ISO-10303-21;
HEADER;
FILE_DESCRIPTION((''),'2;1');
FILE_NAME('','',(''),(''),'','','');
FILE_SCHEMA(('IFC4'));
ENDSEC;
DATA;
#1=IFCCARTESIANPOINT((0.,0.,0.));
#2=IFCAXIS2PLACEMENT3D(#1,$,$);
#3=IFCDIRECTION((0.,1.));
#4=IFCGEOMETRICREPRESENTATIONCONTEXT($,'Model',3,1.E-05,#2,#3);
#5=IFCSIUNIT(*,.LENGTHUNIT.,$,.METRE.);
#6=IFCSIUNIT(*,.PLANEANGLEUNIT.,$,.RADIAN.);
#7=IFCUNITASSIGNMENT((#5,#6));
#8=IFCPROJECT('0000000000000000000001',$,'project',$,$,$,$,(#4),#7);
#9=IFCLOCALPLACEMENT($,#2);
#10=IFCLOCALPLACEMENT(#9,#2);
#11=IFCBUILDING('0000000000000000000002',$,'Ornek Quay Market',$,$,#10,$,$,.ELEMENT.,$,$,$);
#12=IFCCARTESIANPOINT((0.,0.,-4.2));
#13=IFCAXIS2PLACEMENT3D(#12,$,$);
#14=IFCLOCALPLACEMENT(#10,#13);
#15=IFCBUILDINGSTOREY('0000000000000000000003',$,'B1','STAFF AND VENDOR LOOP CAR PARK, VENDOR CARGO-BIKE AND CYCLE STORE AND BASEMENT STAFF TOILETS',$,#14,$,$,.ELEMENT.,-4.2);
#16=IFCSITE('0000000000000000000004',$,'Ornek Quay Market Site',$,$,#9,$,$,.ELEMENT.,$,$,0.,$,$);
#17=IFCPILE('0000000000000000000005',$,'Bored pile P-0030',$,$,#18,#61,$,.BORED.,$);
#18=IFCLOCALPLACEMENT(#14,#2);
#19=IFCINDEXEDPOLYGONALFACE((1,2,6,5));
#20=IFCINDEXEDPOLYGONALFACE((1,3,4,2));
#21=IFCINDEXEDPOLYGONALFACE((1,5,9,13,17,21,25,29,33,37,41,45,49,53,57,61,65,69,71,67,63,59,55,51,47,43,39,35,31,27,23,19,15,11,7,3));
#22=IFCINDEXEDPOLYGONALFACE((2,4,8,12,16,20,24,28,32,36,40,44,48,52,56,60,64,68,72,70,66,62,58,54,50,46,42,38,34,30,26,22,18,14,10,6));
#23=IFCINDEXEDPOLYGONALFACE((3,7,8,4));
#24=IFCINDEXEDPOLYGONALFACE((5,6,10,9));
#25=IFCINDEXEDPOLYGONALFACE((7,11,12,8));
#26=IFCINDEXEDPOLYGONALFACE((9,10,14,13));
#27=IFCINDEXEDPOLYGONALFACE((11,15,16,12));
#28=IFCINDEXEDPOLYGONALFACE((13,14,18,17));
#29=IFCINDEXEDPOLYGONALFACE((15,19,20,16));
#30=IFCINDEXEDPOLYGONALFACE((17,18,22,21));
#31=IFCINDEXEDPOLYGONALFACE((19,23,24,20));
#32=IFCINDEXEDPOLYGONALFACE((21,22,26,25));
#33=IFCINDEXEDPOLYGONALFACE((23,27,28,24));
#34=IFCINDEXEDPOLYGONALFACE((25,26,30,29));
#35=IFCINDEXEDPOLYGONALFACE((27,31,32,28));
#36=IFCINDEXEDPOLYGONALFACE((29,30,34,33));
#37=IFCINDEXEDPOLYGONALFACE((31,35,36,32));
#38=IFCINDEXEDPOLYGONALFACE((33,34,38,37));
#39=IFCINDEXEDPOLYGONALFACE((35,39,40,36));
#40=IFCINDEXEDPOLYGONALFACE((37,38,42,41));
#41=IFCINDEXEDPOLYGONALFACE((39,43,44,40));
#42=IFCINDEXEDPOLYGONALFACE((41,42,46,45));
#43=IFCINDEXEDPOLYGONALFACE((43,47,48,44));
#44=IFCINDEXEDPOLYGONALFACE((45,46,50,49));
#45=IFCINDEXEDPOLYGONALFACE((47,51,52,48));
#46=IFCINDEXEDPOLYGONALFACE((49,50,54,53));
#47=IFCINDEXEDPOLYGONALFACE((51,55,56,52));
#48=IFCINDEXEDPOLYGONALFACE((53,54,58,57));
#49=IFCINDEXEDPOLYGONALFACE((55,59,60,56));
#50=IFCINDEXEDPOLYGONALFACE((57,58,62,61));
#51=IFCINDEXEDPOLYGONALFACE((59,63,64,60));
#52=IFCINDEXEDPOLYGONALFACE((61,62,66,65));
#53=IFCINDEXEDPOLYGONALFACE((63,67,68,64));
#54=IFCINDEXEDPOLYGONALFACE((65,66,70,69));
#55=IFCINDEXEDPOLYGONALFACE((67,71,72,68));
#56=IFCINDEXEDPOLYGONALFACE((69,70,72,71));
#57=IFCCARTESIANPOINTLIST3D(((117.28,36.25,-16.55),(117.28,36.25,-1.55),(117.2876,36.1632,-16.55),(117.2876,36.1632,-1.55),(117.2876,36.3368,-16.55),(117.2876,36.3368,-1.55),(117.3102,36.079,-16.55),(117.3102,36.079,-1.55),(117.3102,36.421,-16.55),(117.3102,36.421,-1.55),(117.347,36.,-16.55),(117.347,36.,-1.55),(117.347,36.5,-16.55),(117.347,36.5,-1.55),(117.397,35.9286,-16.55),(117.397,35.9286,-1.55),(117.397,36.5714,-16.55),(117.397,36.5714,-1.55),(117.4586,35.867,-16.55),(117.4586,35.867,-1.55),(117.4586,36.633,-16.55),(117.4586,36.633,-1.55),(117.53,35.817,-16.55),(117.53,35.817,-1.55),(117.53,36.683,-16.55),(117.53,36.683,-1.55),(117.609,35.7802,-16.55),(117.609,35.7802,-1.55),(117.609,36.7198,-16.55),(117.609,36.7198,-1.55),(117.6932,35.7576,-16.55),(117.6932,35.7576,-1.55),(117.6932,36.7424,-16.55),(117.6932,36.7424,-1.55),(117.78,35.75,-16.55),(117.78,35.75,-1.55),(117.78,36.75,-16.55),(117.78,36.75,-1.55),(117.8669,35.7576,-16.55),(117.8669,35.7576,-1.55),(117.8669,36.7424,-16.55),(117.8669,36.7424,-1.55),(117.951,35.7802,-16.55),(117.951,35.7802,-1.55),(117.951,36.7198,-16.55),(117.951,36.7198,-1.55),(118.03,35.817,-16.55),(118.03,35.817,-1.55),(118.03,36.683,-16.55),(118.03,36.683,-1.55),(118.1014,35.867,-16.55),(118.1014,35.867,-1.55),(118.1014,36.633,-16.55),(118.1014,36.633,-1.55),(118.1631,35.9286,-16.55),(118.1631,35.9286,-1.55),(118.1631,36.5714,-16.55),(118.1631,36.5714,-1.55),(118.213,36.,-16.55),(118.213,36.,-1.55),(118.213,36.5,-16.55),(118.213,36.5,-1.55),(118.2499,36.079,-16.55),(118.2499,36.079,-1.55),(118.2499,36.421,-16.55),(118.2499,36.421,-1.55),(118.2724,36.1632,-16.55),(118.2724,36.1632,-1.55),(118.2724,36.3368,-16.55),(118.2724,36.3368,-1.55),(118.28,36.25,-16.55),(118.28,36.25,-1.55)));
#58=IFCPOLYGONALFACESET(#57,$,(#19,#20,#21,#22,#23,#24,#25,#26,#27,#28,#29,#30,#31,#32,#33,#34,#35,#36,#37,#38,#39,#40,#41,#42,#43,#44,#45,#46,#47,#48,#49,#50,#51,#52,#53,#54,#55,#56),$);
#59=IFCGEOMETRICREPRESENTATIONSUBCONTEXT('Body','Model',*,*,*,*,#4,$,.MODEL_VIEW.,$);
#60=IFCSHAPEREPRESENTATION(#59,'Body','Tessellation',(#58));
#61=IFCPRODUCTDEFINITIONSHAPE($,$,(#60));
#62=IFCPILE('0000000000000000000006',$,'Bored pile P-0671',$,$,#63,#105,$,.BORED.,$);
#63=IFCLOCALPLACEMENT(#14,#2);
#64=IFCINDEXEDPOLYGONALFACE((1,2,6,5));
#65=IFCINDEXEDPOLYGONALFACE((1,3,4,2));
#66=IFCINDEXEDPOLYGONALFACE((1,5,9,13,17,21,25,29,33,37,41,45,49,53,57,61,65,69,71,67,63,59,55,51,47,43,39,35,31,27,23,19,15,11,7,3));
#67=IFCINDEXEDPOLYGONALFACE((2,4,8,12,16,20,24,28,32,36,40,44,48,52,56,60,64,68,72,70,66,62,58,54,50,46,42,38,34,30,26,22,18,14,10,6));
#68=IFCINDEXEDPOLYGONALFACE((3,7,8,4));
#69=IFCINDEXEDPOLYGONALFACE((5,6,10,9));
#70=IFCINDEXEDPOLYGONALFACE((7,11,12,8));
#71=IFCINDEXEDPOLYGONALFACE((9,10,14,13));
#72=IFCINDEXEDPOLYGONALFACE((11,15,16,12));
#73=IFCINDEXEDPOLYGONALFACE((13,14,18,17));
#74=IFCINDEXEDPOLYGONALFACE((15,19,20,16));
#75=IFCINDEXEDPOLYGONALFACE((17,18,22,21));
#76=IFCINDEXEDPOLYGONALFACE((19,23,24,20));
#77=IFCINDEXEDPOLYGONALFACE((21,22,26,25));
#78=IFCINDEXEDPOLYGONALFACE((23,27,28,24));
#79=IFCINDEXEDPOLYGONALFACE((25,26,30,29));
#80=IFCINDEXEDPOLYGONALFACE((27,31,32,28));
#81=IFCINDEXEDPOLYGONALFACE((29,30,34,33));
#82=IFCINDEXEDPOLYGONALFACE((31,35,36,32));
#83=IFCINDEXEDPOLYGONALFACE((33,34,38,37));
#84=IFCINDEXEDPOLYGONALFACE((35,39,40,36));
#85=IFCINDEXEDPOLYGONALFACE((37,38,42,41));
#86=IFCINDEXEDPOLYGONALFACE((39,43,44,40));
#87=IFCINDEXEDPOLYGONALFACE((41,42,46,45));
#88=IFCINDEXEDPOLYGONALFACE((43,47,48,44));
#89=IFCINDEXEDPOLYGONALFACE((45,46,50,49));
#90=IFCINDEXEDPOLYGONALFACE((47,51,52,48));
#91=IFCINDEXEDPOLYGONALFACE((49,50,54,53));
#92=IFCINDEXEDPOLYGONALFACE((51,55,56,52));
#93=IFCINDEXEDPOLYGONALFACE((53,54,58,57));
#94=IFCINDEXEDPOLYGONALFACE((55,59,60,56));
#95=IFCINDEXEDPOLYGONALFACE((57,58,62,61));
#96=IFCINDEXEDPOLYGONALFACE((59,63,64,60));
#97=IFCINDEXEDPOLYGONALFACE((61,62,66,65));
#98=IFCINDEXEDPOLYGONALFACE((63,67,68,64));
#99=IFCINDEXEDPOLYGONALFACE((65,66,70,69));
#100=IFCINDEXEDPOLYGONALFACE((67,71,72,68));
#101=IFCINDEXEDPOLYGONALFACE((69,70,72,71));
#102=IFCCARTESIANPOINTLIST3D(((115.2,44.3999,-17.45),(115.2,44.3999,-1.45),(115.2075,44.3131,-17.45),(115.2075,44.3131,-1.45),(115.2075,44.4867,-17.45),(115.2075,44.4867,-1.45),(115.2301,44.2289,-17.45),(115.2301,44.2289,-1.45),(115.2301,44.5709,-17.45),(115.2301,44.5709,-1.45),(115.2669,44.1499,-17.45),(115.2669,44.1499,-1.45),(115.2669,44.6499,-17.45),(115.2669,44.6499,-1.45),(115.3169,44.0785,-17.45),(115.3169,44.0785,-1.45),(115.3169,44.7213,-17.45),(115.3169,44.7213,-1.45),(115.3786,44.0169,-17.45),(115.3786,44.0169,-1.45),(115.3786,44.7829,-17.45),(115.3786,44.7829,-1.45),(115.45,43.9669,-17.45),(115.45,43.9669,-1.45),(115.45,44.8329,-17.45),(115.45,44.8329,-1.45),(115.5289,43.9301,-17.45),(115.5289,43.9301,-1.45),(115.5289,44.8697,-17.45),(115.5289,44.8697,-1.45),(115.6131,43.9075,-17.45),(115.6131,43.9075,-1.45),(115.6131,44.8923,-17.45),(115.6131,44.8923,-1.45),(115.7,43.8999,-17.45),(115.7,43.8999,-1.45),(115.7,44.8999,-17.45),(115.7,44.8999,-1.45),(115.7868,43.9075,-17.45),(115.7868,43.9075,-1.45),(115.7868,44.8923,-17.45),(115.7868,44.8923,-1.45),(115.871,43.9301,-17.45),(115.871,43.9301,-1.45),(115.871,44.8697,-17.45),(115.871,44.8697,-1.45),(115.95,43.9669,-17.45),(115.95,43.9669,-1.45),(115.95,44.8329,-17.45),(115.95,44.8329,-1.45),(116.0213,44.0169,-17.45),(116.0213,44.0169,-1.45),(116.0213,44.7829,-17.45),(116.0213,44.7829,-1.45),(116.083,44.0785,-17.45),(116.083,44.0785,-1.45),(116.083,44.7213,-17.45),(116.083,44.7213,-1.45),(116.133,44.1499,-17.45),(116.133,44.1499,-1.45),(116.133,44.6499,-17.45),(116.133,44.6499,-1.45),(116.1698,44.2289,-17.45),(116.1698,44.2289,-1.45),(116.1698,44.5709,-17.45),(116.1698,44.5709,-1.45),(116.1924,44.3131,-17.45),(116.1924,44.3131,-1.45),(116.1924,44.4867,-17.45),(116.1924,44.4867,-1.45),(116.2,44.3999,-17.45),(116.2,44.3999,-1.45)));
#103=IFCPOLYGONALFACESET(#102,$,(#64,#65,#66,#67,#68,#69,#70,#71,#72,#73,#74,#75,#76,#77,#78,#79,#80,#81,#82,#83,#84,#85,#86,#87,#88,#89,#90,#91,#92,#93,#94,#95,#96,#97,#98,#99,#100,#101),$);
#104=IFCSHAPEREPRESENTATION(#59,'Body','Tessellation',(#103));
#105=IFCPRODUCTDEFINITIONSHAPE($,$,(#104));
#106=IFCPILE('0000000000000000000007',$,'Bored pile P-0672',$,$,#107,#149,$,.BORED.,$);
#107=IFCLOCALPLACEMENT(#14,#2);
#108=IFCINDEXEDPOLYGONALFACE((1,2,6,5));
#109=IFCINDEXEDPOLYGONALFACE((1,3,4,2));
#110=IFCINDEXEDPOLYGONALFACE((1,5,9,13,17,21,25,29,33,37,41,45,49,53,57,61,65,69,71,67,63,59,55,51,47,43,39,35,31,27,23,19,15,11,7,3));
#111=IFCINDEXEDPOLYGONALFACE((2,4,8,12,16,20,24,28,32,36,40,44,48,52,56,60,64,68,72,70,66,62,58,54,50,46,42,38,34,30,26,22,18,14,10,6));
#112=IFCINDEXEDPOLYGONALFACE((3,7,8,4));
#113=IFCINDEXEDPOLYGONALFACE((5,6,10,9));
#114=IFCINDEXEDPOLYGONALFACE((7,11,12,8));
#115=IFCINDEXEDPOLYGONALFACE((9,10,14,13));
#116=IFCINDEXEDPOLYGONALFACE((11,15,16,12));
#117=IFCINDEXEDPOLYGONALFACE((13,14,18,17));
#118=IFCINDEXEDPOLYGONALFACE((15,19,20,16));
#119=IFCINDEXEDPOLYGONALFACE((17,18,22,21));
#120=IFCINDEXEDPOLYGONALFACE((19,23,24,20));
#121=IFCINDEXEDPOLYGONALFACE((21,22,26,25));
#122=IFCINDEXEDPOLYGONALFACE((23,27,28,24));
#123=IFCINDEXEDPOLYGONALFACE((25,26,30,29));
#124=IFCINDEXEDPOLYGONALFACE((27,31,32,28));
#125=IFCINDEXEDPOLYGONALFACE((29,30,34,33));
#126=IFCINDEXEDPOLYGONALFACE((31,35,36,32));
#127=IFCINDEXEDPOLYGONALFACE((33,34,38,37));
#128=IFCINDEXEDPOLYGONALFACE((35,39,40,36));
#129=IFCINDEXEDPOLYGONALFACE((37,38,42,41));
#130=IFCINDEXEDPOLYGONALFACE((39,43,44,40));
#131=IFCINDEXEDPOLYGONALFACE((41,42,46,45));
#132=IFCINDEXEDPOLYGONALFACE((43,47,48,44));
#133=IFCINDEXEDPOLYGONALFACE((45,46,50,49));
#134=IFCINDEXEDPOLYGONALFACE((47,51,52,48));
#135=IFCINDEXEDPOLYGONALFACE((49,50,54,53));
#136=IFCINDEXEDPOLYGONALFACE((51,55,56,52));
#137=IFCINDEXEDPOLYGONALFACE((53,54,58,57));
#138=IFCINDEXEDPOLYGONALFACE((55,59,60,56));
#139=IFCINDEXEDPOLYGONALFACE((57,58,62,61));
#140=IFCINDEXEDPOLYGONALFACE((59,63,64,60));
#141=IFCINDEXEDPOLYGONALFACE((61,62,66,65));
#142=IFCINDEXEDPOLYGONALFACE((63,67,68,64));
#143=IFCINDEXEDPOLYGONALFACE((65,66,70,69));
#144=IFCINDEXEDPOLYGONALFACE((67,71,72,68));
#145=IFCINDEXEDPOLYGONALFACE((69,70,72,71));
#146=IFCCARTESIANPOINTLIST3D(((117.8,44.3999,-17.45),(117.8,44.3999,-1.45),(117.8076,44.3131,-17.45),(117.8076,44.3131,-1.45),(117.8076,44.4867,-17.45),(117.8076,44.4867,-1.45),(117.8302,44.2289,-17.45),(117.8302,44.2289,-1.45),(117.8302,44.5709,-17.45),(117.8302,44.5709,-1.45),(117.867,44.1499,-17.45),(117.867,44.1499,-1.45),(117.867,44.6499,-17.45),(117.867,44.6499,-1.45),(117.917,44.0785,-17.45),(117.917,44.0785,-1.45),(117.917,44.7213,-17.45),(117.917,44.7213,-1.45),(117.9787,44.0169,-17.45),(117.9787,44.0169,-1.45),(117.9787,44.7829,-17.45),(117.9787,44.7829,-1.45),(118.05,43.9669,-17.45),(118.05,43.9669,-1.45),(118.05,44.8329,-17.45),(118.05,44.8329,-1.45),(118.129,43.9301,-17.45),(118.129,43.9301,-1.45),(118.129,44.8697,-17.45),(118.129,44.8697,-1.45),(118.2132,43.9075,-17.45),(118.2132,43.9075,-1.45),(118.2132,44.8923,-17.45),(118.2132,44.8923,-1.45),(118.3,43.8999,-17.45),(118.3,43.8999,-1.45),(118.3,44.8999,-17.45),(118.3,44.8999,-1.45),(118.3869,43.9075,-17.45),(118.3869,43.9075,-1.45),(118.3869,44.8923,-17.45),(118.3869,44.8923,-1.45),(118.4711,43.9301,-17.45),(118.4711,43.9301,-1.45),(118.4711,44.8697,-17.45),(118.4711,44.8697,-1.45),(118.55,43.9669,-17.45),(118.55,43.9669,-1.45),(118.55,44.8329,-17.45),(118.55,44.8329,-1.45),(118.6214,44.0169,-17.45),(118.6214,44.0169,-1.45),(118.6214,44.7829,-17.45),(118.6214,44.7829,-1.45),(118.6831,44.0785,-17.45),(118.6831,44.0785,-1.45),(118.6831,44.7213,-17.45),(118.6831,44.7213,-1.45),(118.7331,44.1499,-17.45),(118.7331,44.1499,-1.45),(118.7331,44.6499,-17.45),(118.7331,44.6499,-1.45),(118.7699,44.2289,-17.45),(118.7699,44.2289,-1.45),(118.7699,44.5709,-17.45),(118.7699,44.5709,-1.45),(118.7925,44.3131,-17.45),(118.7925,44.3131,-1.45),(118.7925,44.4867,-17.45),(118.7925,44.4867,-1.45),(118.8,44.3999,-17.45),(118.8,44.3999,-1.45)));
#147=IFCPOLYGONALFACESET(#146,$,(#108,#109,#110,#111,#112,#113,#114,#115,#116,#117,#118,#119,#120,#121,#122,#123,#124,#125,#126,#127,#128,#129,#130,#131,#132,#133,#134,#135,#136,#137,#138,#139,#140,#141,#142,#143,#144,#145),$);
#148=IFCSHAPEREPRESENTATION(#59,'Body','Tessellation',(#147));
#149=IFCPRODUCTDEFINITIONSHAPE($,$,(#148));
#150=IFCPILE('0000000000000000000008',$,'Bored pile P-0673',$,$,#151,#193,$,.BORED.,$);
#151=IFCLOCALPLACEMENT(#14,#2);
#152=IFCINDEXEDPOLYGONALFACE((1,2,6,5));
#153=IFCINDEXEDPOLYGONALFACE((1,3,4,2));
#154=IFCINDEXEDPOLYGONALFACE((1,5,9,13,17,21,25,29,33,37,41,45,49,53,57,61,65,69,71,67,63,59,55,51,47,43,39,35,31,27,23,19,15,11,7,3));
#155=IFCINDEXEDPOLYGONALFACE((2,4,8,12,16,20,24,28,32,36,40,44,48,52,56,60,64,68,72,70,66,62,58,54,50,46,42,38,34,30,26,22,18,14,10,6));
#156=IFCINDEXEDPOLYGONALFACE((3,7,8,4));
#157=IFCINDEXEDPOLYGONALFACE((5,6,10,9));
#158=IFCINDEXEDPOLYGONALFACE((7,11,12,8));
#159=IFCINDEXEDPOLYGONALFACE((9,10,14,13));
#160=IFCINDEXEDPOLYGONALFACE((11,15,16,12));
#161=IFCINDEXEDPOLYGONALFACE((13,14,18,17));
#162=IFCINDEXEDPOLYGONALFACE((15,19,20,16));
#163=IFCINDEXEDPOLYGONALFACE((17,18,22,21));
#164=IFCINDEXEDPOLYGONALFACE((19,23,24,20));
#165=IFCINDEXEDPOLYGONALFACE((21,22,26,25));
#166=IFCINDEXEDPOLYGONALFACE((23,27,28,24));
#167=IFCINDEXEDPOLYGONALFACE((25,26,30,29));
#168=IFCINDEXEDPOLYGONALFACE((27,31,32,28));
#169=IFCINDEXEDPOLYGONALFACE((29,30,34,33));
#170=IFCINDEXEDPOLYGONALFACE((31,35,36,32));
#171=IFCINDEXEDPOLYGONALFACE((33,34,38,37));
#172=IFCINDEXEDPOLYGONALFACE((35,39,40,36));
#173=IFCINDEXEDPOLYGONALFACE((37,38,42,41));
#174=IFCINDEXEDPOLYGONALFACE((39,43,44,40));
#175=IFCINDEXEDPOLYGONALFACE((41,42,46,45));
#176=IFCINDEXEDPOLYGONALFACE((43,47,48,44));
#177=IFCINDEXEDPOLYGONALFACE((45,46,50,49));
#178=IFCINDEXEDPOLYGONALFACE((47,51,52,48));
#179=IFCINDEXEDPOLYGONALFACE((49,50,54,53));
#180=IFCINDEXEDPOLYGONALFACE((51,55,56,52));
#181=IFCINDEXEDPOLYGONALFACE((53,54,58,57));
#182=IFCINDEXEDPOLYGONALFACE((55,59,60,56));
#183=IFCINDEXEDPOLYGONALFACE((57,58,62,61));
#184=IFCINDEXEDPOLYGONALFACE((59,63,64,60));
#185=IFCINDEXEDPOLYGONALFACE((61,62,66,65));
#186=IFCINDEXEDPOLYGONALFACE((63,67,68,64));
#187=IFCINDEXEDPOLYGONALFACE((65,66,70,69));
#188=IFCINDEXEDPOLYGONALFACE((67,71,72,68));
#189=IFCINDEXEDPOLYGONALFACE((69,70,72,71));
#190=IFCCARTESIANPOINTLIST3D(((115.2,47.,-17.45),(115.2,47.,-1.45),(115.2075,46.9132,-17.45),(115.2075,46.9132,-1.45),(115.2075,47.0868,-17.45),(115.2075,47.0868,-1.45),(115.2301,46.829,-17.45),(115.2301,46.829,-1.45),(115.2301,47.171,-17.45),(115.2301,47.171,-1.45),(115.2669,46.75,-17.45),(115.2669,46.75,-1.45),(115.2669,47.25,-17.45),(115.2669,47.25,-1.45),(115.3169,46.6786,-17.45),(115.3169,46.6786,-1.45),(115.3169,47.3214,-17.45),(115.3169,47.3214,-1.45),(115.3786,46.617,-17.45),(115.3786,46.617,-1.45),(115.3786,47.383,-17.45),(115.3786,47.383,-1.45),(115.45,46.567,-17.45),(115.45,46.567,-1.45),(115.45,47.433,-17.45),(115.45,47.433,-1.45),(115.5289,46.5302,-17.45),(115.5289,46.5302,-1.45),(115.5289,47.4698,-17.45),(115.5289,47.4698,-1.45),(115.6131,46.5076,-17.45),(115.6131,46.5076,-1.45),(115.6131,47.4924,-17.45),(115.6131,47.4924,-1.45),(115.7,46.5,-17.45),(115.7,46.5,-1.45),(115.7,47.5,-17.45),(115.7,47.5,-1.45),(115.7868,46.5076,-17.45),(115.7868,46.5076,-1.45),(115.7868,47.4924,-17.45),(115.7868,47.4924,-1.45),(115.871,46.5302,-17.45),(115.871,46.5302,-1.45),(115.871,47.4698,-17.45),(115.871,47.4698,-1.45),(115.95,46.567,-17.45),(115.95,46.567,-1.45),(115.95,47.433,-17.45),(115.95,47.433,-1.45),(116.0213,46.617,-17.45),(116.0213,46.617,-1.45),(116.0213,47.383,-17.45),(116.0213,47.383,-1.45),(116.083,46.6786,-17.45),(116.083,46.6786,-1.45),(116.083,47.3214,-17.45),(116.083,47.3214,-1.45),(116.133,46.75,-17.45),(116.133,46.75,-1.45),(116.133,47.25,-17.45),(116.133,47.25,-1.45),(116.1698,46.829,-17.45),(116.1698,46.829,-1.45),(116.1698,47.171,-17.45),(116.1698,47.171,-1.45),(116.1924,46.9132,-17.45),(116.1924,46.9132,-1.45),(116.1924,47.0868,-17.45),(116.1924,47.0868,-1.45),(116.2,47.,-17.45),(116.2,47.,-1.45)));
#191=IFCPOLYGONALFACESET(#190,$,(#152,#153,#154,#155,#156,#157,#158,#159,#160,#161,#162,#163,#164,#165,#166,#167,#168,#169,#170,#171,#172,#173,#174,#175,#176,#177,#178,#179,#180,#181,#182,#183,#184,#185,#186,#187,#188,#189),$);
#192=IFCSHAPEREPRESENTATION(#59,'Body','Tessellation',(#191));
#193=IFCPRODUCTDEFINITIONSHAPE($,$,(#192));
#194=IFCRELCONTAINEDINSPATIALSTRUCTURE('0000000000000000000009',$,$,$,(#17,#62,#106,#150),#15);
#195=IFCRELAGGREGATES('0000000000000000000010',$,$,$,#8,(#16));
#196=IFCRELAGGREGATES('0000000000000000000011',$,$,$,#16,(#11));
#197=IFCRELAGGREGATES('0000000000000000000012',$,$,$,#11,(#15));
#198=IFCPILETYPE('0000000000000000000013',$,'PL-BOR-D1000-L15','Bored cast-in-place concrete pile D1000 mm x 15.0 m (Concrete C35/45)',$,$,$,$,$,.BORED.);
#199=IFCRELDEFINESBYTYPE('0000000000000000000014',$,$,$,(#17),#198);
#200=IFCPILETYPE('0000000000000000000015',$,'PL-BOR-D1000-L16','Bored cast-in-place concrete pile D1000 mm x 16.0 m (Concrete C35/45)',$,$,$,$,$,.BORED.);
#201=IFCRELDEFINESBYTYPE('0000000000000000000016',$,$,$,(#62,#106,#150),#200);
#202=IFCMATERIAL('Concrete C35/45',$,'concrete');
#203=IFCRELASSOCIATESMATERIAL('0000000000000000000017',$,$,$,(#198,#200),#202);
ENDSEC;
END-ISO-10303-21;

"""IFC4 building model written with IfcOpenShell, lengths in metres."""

from ifc_helpers import new_model, si_unit, direction, frame, origin, origin_2d, place, context, subcontext, project, spatial, circle, extrude, material, material_profile, profile_set, type_object, element, save


model = new_model("IFC4")

# Units and contexts
model_context = context("Model", 3, precision=1e-05, world=origin(), true_north=direction((0.0, 1.0)))
body_context = subcontext(model_context, "Body", "Model", "MODEL_VIEW")
ifc_project = project(units=[si_unit("LENGTHUNIT", "METRE"), si_unit("PLANEANGLEUNIT", "RADIAN")], contexts=[model_context])

# Site, building, storey
site_placement = place(None, origin())
site = spatial("IfcSite", under=ifc_project, at=site_placement, Name="Ornek Quay Market Site", CompositionType="ELEMENT", RefElevation=0.0)
building_placement = place(site_placement, origin())
building = spatial("IfcBuilding", under=site, at=building_placement, Name="Ornek Quay Market", CompositionType="ELEMENT")
storey_placement = place(building_placement, frame((0.0, 0.0, -4.2)))
storey = spatial("IfcBuildingStorey", under=building, at=storey_placement, Name="B1", Description="STAFF AND VENDOR LOOP CAR PARK, VENDOR CARGO-BIKE AND CYCLE STORE AND BASEMENT STAFF TOILETS", CompositionType="ELEMENT", Elevation=-4.2)

# Piles
ifc_material_1 = material(Name="Concrete C35/45", Category="concrete")
ifc_material_profile_1 = material_profile(ifc_material_1, circle(Radius=0.5, at=origin_2d()), Name="PILE D1000", Category="concrete")
ifc_profile_set_1 = profile_set([ifc_material_profile_1], Name="Concrete C35/45")
pile_type_1 = type_object("IfcPileType", Name="PL-BOR-D1000-L15", Description="Bored cast-in-place concrete pile D1000 mm x 15.0 m (Concrete C35/45)", PredefinedType="BORED", material=ifc_profile_set_1)
pile_placement = place(storey_placement, frame((117.78, 36.25, -1.55), z_axis=(0.0, 0.0, -1.0), x_axis=(1.0, 0.0, 0.0)))
element("IfcPile", 1, at=pile_placement, inside=storey, type_object=pile_type_1, Name="Bored pile P-0030", PredefinedType="BORED", context=body_context, shape_type="SweptSolid", body=[
    extrude(circle(Radius=0.5, at=origin_2d()), origin(), (0.0, 0.0, 1.0), 15.0),
])
ifc_material_profile_2 = material_profile(ifc_material_1, circle(Radius=0.5, at=origin_2d()), Name="PILE D1000", Category="concrete")
ifc_profile_set_2 = profile_set([ifc_material_profile_2], Name="Concrete C35/45")
pile_type_2 = type_object("IfcPileType", Name="PL-BOR-D1000-L16", Description="Bored cast-in-place concrete pile D1000 mm x 16.0 m (Concrete C35/45)", PredefinedType="BORED", material=ifc_profile_set_2)
for number, where, z_axis, x_axis, name in (
    (2, (115.7, 44.3999, -1.45), (0.0, 0.0, -1.0), (1.0, 0.0, 0.0), "Bored pile P-0671"),
    (3, (118.3, 44.3999, -1.45), (0.0, 0.0, -1.0), (1.0, 0.0, 0.0), "Bored pile P-0672"),
    (4, (115.7, 47.0, -1.45), (0.0, 0.0, -1.0), (1.0, 0.0, 0.0), "Bored pile P-0673"),
):
    element("IfcPile", number, at=place(storey_placement, frame(where, z_axis=z_axis, x_axis=x_axis)), inside=storey, type_object=pile_type_2, Name=name, PredefinedType="BORED", context=body_context, shape_type="SweptSolid", body=[
        extrude(circle(Radius=0.5, at=origin_2d()), origin(), (0.0, 0.0, 1.0), 16.0),
    ])

save(model, "model.ifc")
